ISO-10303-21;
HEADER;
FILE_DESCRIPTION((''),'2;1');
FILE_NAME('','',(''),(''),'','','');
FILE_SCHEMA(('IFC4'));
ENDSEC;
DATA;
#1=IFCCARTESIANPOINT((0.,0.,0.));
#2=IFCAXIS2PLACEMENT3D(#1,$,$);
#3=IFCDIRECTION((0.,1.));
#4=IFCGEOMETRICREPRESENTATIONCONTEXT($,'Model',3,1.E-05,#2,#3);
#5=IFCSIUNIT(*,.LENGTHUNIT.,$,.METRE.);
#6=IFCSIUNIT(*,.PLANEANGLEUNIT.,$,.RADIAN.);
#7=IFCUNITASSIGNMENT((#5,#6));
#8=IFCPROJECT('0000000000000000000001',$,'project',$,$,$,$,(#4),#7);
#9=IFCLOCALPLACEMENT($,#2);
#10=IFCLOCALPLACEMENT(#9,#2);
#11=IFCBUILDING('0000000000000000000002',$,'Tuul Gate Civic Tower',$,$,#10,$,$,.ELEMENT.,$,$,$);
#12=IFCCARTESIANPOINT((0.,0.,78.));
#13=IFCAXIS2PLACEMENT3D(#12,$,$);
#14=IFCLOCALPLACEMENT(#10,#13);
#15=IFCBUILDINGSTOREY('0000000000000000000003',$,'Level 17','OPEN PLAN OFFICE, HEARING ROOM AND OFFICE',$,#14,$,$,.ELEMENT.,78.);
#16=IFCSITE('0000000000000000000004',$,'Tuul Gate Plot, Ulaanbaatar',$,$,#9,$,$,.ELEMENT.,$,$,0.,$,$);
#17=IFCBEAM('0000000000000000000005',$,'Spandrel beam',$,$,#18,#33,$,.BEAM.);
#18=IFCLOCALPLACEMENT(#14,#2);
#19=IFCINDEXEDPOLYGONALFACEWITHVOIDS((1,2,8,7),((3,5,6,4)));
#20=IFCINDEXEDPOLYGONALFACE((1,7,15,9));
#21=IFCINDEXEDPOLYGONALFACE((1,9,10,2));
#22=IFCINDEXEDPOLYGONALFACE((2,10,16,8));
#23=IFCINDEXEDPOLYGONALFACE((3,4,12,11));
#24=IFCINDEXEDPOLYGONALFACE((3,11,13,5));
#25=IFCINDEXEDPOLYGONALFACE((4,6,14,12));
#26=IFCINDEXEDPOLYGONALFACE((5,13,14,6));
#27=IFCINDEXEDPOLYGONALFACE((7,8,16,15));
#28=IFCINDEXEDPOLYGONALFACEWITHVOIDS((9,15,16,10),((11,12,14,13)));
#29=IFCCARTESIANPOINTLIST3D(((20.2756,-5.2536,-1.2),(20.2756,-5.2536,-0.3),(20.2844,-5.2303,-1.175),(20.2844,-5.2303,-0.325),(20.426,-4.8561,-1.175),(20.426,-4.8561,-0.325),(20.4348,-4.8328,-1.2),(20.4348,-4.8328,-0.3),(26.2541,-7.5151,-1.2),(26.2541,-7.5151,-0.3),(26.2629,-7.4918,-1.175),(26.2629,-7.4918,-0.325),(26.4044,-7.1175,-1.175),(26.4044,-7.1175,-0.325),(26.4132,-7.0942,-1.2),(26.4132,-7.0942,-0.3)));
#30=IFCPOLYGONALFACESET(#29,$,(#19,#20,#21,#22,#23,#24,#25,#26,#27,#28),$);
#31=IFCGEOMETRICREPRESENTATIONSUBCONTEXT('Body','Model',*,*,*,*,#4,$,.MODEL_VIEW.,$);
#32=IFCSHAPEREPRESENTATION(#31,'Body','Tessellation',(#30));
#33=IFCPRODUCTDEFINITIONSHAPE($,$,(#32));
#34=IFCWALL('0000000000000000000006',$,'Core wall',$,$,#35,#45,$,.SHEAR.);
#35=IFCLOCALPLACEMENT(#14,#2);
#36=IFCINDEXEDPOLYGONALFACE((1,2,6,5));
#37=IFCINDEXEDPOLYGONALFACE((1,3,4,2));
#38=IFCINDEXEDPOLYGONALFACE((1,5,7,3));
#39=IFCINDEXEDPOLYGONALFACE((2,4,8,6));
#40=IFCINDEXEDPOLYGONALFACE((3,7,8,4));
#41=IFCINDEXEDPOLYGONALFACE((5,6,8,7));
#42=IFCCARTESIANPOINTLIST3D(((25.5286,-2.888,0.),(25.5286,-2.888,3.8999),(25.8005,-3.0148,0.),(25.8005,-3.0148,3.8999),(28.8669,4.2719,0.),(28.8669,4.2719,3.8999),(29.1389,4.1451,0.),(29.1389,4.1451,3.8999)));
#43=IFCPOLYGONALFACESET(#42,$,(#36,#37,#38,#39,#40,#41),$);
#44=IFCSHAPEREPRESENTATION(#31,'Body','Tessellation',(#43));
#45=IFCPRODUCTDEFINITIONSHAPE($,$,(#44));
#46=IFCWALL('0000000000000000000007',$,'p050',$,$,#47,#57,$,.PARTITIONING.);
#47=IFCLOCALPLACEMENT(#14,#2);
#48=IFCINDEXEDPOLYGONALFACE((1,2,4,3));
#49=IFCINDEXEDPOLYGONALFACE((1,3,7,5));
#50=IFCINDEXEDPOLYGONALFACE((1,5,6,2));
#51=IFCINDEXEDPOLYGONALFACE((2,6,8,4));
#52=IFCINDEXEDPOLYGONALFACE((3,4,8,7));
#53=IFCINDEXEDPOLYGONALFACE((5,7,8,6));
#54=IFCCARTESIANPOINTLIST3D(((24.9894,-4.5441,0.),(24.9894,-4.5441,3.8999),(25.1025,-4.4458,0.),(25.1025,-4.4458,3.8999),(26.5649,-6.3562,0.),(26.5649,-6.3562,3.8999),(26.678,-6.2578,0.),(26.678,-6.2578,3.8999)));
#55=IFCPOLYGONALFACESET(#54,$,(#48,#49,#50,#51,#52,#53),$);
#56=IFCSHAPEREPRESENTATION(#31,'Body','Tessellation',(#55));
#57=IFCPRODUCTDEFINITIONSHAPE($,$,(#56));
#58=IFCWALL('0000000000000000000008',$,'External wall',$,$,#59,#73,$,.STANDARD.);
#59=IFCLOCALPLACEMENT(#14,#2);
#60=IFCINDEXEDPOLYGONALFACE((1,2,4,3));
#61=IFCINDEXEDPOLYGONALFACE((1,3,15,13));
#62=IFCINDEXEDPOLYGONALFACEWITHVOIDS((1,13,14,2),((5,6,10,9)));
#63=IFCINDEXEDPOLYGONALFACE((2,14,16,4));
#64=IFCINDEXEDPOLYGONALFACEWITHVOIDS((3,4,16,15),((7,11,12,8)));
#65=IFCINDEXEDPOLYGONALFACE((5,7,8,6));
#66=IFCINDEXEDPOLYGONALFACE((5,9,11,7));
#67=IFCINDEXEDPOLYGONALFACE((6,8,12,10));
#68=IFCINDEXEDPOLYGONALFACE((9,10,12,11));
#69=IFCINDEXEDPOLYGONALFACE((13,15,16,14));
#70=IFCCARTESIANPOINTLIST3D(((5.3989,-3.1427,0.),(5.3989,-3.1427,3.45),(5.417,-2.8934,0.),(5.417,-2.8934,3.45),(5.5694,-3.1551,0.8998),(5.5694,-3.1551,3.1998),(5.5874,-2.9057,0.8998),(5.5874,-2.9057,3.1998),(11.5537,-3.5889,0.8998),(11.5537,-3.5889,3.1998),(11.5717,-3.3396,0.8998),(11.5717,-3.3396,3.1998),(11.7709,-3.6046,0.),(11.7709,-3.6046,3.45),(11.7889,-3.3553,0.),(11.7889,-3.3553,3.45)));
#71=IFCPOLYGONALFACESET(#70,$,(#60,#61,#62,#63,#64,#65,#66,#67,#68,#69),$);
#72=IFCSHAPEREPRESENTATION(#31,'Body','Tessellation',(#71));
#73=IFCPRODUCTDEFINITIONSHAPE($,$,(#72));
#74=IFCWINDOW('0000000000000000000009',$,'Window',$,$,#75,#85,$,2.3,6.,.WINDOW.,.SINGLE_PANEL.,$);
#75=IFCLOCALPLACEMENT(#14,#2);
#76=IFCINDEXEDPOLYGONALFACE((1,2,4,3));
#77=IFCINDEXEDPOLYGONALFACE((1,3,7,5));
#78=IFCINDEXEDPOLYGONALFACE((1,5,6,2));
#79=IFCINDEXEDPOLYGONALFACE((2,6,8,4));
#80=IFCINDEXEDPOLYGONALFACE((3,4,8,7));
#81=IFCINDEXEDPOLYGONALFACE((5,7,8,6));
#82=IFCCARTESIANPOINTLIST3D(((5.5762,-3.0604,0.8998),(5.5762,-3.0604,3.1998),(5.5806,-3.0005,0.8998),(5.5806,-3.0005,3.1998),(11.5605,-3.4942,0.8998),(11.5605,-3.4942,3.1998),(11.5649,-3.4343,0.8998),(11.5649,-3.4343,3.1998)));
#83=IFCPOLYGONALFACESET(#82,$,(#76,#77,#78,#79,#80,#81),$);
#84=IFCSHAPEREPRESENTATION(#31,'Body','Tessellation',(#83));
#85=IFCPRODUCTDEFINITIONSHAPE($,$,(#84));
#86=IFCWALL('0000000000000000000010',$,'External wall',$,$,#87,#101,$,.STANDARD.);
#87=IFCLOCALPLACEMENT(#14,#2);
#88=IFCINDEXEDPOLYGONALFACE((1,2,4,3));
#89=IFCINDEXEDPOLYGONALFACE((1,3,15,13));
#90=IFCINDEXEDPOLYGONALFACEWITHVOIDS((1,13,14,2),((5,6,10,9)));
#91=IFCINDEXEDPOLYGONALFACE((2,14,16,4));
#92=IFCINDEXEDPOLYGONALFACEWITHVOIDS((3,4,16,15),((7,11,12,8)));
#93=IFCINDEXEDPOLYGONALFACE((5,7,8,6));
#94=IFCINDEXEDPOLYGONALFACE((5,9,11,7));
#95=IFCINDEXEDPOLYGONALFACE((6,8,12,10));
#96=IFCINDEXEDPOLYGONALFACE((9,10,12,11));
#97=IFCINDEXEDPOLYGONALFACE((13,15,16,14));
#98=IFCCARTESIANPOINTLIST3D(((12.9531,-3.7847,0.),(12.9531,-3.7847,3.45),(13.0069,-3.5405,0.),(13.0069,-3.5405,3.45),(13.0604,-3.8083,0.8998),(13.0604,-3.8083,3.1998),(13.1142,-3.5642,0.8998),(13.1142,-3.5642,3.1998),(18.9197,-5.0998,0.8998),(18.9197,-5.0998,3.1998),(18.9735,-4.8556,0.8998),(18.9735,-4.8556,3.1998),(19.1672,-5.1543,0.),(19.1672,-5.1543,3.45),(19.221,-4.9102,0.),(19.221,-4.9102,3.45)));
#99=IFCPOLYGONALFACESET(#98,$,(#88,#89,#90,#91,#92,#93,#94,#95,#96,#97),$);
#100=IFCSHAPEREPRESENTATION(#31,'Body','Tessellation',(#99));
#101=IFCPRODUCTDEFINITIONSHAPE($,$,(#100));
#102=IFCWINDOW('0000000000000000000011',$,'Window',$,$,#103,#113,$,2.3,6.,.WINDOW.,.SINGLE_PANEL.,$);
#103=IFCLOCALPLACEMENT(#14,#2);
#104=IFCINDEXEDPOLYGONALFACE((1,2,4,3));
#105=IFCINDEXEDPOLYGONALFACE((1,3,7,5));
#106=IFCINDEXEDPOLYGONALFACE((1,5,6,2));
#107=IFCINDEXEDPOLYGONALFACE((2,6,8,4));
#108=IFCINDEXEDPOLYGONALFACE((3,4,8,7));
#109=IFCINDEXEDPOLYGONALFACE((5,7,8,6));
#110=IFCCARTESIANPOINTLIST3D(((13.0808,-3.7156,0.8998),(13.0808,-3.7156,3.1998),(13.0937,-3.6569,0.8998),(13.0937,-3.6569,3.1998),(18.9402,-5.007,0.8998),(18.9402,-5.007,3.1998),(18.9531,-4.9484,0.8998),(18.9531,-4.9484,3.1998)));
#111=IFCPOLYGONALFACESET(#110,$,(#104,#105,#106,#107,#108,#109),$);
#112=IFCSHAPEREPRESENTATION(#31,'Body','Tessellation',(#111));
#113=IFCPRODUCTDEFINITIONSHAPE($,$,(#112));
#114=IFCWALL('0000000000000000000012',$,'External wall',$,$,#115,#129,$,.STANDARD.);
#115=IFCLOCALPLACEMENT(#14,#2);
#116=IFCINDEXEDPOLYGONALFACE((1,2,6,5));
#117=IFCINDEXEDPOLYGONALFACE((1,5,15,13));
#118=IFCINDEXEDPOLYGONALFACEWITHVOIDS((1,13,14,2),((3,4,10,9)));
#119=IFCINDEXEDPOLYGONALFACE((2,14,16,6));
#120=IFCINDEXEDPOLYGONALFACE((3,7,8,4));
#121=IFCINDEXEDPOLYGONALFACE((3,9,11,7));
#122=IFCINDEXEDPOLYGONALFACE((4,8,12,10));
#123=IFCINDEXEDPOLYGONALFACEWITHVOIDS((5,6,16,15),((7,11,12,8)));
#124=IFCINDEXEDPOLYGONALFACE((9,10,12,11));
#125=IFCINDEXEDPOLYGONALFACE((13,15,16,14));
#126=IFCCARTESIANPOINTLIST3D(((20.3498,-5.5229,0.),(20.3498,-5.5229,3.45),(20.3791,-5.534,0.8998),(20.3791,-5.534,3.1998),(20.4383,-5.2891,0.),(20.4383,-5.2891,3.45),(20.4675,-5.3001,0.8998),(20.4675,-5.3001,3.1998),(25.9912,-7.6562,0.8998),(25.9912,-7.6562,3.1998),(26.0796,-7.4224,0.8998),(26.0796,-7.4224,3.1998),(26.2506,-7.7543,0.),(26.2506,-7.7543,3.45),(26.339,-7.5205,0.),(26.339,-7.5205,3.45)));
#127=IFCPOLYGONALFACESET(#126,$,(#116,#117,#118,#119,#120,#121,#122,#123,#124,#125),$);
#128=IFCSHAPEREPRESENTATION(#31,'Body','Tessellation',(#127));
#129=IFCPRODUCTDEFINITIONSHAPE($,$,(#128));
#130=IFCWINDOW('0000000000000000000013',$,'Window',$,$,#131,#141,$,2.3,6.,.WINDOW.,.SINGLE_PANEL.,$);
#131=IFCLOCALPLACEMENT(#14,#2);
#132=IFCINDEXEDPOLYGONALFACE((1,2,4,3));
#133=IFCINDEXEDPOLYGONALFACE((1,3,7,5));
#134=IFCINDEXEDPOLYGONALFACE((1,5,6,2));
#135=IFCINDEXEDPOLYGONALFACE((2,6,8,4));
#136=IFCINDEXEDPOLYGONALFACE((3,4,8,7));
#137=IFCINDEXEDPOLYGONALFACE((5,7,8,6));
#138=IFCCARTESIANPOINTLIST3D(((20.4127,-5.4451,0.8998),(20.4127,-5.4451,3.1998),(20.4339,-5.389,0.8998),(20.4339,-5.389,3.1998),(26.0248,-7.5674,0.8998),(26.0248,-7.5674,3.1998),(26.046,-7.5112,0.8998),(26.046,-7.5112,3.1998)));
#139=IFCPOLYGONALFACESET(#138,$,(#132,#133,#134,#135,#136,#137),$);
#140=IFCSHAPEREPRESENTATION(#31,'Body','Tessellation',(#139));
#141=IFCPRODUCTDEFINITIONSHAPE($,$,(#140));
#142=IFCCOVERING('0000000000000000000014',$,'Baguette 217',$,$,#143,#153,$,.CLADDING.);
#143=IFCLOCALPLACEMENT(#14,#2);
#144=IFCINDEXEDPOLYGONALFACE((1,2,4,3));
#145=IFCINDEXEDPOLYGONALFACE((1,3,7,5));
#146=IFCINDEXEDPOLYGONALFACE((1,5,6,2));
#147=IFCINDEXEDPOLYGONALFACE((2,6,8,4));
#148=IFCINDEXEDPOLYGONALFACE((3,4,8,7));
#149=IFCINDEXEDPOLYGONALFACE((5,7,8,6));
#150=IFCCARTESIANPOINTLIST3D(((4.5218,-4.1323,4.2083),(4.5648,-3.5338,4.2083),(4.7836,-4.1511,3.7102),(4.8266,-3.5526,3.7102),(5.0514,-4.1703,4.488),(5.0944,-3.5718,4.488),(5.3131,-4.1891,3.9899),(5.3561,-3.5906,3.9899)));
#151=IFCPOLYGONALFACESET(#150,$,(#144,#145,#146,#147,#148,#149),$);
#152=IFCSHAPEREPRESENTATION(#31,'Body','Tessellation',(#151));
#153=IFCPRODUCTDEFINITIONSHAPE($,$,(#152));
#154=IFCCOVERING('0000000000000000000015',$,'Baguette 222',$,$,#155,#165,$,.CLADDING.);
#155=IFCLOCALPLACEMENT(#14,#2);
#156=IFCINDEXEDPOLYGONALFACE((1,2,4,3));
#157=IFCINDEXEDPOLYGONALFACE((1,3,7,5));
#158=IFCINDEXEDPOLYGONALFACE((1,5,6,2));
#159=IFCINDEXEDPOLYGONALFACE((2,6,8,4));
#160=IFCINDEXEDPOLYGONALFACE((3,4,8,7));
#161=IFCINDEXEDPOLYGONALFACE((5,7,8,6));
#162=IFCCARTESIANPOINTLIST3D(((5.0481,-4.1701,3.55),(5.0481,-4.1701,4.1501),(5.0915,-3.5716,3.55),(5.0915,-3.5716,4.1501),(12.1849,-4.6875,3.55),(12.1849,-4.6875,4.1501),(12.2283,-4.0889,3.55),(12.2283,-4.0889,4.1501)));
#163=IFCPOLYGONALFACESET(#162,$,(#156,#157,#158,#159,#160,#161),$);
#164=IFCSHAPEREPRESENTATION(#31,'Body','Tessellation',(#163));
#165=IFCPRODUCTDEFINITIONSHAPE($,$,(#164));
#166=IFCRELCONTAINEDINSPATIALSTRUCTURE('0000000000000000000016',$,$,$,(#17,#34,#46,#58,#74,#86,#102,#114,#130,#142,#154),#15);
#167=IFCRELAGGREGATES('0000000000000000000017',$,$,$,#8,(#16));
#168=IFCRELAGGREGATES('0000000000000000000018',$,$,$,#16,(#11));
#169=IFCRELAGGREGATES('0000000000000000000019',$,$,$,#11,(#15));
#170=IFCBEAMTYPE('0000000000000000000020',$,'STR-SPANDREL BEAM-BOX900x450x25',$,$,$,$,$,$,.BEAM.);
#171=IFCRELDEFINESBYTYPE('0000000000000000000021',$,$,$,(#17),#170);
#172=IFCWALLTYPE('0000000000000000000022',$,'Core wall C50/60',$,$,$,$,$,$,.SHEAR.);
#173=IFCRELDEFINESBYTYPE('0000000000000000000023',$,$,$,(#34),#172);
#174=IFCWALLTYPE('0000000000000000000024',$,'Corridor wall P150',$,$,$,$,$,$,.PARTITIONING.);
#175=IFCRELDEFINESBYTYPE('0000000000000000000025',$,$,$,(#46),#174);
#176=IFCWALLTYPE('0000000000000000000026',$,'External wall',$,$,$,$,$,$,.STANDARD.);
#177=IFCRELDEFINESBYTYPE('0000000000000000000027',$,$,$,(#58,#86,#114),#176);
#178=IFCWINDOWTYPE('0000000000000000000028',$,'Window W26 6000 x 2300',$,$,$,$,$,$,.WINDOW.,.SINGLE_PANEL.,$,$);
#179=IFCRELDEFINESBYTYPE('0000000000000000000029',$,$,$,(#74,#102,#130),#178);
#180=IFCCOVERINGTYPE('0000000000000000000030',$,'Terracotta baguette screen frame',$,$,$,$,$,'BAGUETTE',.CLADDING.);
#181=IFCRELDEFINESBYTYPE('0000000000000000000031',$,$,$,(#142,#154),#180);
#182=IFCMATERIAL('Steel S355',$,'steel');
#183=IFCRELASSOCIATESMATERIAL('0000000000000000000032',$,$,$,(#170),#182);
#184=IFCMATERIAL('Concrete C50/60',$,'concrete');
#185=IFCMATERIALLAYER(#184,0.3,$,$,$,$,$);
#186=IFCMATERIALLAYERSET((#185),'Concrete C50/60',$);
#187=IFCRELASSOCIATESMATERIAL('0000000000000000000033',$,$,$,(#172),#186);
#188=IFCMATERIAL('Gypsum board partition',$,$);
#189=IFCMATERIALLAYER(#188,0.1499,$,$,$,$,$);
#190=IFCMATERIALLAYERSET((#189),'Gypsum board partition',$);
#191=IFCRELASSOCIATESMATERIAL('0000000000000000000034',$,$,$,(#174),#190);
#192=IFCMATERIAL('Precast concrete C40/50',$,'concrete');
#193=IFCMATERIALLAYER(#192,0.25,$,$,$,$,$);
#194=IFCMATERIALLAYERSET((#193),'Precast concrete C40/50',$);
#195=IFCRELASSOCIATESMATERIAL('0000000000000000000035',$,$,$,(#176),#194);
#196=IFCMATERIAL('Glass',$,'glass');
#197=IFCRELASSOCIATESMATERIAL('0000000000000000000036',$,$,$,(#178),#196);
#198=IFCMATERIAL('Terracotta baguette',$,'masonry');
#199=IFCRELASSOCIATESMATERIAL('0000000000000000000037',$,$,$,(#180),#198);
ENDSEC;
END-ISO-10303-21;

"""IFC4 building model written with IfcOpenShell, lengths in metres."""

from ifc_helpers import new_model, si_unit, direction, frame, frame_2d, origin, origin_2d, place, context, subcontext, project, spatial, rectangle, hollow_rectangle, extrude, material, layer, layer_set, material_profile, profile_set, type_object, element, fill, save


model = new_model("IFC4")

# Units and contexts
model_context = context("Model", 3, precision=1e-05, world=origin(), true_north=direction((0.0, 1.0)))
body_context = subcontext(model_context, "Body", "Model", "MODEL_VIEW")
ifc_project = project(units=[si_unit("LENGTHUNIT", "METRE"), si_unit("PLANEANGLEUNIT", "RADIAN")], contexts=[model_context])

# Site, building, storey
site_placement = place(None, origin())
site = spatial("IfcSite", under=ifc_project, at=site_placement, Name="Tuul Gate Plot, Ulaanbaatar", CompositionType="ELEMENT", RefElevation=0.0)
building_placement = place(site_placement, origin())
building = spatial("IfcBuilding", under=site, at=building_placement, Name="Tuul Gate Civic Tower", CompositionType="ELEMENT")
storey_placement = place(building_placement, frame((0.0, 0.0, 78.0)))
storey = spatial("IfcBuildingStorey", under=building, at=storey_placement, Name="Level 17", Description="OPEN PLAN OFFICE, HEARING ROOM AND OFFICE", CompositionType="ELEMENT", Elevation=78.0)

# Beam
ifc_material_1 = material(Name="Steel S355", Category="steel")
ifc_material_profile_1 = material_profile(ifc_material_1, hollow_rectangle(XDim=0.45, YDim=0.8999, WallThickness=0.0249, at=origin_2d()), Name="BOX900x450x25")
ifc_profile_set_1 = profile_set([ifc_material_profile_1], Name="Steel S355")
beam_type_1 = type_object("IfcBeamType", Name="STR-SPANDREL BEAM-BOX900x450x25", PredefinedType="BEAM", material=ifc_profile_set_1)
beam_1_placement = place(storey_placement, frame((20.3552, -5.0432, -0.75), z_axis=(0.935321, -0.353801, 0.0), x_axis=(0.353801, 0.935321, 0.0)))
element("IfcBeam", 1, at=beam_1_placement, inside=storey, type_object=beam_type_1, Name="Spandrel beam", PredefinedType="BEAM", context=body_context, shape_type="SweptSolid", body=[
    extrude(hollow_rectangle(XDim=0.45, YDim=0.8999, WallThickness=0.0249, at=origin_2d()), origin(), (0.0, 0.0, 1.0), 6.3918),
])

# Walls
ifc_material_2 = material(Name="Concrete C50/60", Category="concrete")
ifc_layer_1 = layer(ifc_material_2, 0.3)
ifc_layer_set_1 = layer_set([ifc_layer_1], Name="Concrete C50/60")
wall_type_1 = type_object("IfcWallType", Name="Core wall C50/60", PredefinedType="SHEAR", material=ifc_layer_set_1)
wall_1_placement = place(storey_placement, frame((25.6646, -2.9514, 0.0), z_axis=(0.0, 0.0, 1.0), x_axis=(0.422583, 0.906324, 0.0)))
element("IfcWall", 2, at=wall_1_placement, inside=storey, type_object=wall_type_1, Name="Core wall", PredefinedType="SHEAR", context=body_context, shape_type="SweptSolid", body=[
    extrude(rectangle(XDim=7.8999, YDim=0.3, at=frame_2d((3.95, 0.0))), origin(), (0.0, 0.0, 1.0), 3.8999),
])
ifc_material_3 = material(Name="Gypsum board partition")
ifc_layer_2 = layer(ifc_material_3, 0.1499)
ifc_layer_set_2 = layer_set([ifc_layer_2], Name="Gypsum board partition")
wall_type_2 = type_object("IfcWallType", Name="Corridor wall P150", PredefinedType="PARTITIONING", material=ifc_layer_set_2)
wall_2_placement = place(storey_placement, frame((25.0459, -4.4949, 0.0), z_axis=(0.0, 0.0, 1.0), x_axis=(0.656126, -0.754651, 0.0)))
element("IfcWall", 3, at=wall_2_placement, inside=storey, type_object=wall_type_2, Name="p050", PredefinedType="PARTITIONING", context=body_context, shape_type="SweptSolid", body=[
    extrude(rectangle(XDim=2.4011, YDim=0.1499, at=frame_2d((1.2007, 0.0))), origin(), (0.0, 0.0, 1.0), 3.8999),
])

# Walls, openings, windows
ifc_material_4 = material(Name="Precast concrete C40/50", Category="concrete")
ifc_layer_3 = layer(ifc_material_4, 0.25)
ifc_layer_set_3 = layer_set([ifc_layer_3], Name="Precast concrete C40/50")
wall_type_3 = type_object("IfcWallType", Name="External wall", PredefinedType="STANDARD", material=ifc_layer_set_3)
wall_3_placement = place(storey_placement, frame((5.408, -3.0181, 0.0), z_axis=(0.0, 0.0, 1.0), x_axis=(0.997383, -0.072301, 0.0)))
wall_3 = element("IfcWall", 4, at=wall_3_placement, inside=storey, type_object=wall_type_3, Name="External wall", PredefinedType="STANDARD", context=body_context, shape_type="SweptSolid", body=[
    extrude(rectangle(XDim=6.3887, YDim=0.25, at=frame_2d((3.1943, 0.0))), origin(), (0.0, 0.0, 1.0), 3.45),
])
opening_1_placement = place(wall_3_placement, frame((0.1709, 0.0, 0.8999)))
opening_1 = element("IfcOpeningElement", 5, at=opening_1_placement, cuts=wall_3, PredefinedType="OPENING", context=body_context, shape_type="SweptSolid", body=[
    extrude(rectangle(XDim=6.0, YDim=2.3, at=frame_2d((3.0, 1.1499))), frame((0.0, 0.135, 0.0), z_axis=(0.0, -1.0, 0.0), x_axis=(1.0, 0.0, 0.0)), (0.0, 0.0, 1.0), 0.27),
])
ifc_material_5 = material(Name="Glass", Category="glass")
window_type = type_object("IfcWindowType", Name="Window W26 6000 x 2300", PartitioningType="SINGLE_PANEL", PredefinedType="WINDOW", material=ifc_material_5)
window_1_placement = place(opening_1_placement, origin())
window_1 = element("IfcWindow", 6, at=window_1_placement, inside=storey, type_object=window_type, Name="Window", OverallHeight=2.3, OverallWidth=6.0, PartitioningType="SINGLE_PANEL", PredefinedType="WINDOW", context=body_context, shape_type="SweptSolid", body=[
    extrude(rectangle(XDim=6.0, YDim=2.3, at=frame_2d((3.0, 1.1499))), frame((0.0, 0.03, 0.0), z_axis=(0.0, -1.0, 0.0), x_axis=(1.0, 0.0, 0.0)), (0.0, 0.0, 1.0), 0.0601),
])
fill(opening_1, window_1)
wall_4_placement = place(storey_placement, frame((12.98, -3.6626, 0.0), z_axis=(0.0, 0.0, 1.0), x_axis=(0.976561, -0.21524, 0.0)))
wall_4 = element("IfcWall", 7, at=wall_4_placement, inside=storey, type_object=wall_type_3, Name="External wall", PredefinedType="STANDARD", context=body_context, shape_type="SweptSolid", body=[
    extrude(rectangle(XDim=6.3633, YDim=0.25, at=frame_2d((3.1816, 0.0))), origin(), (0.0, 0.0, 1.0), 3.45),
])
opening_2_placement = place(wall_4_placement, frame((0.1099, 0.0, 0.8999)))
opening_2 = element("IfcOpeningElement", 8, at=opening_2_placement, cuts=wall_4, PredefinedType="OPENING", context=body_context, shape_type="SweptSolid", body=[
    extrude(rectangle(XDim=6.0, YDim=2.3, at=frame_2d((3.0, 1.1499))), frame((0.0, 0.135, 0.0), z_axis=(0.0, -1.0, 0.0), x_axis=(1.0, 0.0, 0.0)), (0.0, 0.0, 1.0), 0.27),
])
window_2_placement = place(opening_2_placement, origin())
window_2 = element("IfcWindow", 9, at=window_2_placement, inside=storey, type_object=window_type, Name="Window", OverallHeight=2.3, OverallWidth=6.0, PartitioningType="SINGLE_PANEL", PredefinedType="WINDOW", context=body_context, shape_type="SweptSolid", body=[
    extrude(rectangle(XDim=6.0, YDim=2.3, at=frame_2d((3.0, 1.1499))), frame((0.0, 0.03, 0.0), z_axis=(0.0, -1.0, 0.0), x_axis=(1.0, 0.0, 0.0)), (0.0, 0.0, 1.0), 0.0601),
])
fill(opening_2, window_2)
wall_5_placement = place(storey_placement, frame((20.394, -5.406, 0.0), z_axis=(0.0, 0.0, 1.0), x_axis=(0.935355, -0.353709, 0.0)))
wall_5 = element("IfcWall", 10, at=wall_5_placement, inside=storey, type_object=wall_type_3, Name="External wall", PredefinedType="STANDARD", context=body_context, shape_type="SweptSolid", body=[
    extrude(rectangle(XDim=6.3086, YDim=0.25, at=frame_2d((3.1543, 0.0))), origin(), (0.0, 0.0, 1.0), 3.45),
])
opening_3_placement = place(wall_5_placement, frame((0.0312, 0.0, 0.8999)))
opening_3 = element("IfcOpeningElement", 11, at=opening_3_placement, cuts=wall_5, PredefinedType="OPENING", context=body_context, shape_type="SweptSolid", body=[
    extrude(rectangle(XDim=6.0, YDim=2.3, at=frame_2d((3.0, 1.1499))), frame((0.0, 0.135, 0.0), z_axis=(0.0, -1.0, 0.0), x_axis=(1.0, 0.0, 0.0)), (0.0, 0.0, 1.0), 0.27),
])
window_3_placement = place(opening_3_placement, origin())
window_3 = element("IfcWindow", 12, at=window_3_placement, inside=storey, type_object=window_type, Name="Window", OverallHeight=2.3, OverallWidth=6.0, PartitioningType="SINGLE_PANEL", PredefinedType="WINDOW", context=body_context, shape_type="SweptSolid", body=[
    extrude(rectangle(XDim=6.0, YDim=2.3, at=frame_2d((3.0, 1.1499))), frame((0.0, 0.03, 0.0), z_axis=(0.0, -1.0, 0.0), x_axis=(1.0, 0.0, 0.0)), (0.0, 0.0, 1.0), 0.0601),
])
fill(opening_3, window_3)

# Coverings
ifc_material_6 = material(Name="Terracotta baguette", Category="masonry")
ifc_material_profile_2 = material_profile(ifc_material_6, rectangle(XDim=0.6001, YDim=0.6001, at=origin_2d()), Name="Terracotta baguette screen frame")
ifc_profile_set_2 = profile_set([ifc_material_profile_2], Name="Terracotta baguette")
covering_type = type_object("IfcCoveringType", Name="Terracotta baguette screen frame", ElementType="BAGUETTE", PredefinedType="CLADDING", material=ifc_profile_set_2)
covering_1_placement = place(storey_placement, frame((4.8081, -3.8521, 4.3481), z_axis=(0.464915, -0.033394, -0.884726), x_axis=(0.071644, 0.99743, 0.0)))
element("IfcCovering", 13, at=covering_1_placement, inside=storey, type_object=covering_type, Name="Baguette 217", PredefinedType="CLADDING", context=body_context, shape_type="SweptSolid", body=[
    extrude(rectangle(XDim=0.6001, YDim=0.6001, at=origin_2d()), origin(), (0.0, 0.0, 1.0), 0.563),
])
covering_2_placement = place(storey_placement, frame((5.0698, -3.8708, 3.8501), z_axis=(0.997383, -0.072299, 0.0), x_axis=(0.072299, 0.997383, 0.0)))
element("IfcCovering", 14, at=covering_2_placement, inside=storey, type_object=covering_type, Name="Baguette 222", PredefinedType="CLADDING", context=body_context, shape_type="SweptSolid", body=[
    extrude(rectangle(XDim=0.6001, YDim=0.6001, at=origin_2d()), origin(), (0.0, 0.0, 1.0), 7.1555),
])

save(model, "model.ifc")
